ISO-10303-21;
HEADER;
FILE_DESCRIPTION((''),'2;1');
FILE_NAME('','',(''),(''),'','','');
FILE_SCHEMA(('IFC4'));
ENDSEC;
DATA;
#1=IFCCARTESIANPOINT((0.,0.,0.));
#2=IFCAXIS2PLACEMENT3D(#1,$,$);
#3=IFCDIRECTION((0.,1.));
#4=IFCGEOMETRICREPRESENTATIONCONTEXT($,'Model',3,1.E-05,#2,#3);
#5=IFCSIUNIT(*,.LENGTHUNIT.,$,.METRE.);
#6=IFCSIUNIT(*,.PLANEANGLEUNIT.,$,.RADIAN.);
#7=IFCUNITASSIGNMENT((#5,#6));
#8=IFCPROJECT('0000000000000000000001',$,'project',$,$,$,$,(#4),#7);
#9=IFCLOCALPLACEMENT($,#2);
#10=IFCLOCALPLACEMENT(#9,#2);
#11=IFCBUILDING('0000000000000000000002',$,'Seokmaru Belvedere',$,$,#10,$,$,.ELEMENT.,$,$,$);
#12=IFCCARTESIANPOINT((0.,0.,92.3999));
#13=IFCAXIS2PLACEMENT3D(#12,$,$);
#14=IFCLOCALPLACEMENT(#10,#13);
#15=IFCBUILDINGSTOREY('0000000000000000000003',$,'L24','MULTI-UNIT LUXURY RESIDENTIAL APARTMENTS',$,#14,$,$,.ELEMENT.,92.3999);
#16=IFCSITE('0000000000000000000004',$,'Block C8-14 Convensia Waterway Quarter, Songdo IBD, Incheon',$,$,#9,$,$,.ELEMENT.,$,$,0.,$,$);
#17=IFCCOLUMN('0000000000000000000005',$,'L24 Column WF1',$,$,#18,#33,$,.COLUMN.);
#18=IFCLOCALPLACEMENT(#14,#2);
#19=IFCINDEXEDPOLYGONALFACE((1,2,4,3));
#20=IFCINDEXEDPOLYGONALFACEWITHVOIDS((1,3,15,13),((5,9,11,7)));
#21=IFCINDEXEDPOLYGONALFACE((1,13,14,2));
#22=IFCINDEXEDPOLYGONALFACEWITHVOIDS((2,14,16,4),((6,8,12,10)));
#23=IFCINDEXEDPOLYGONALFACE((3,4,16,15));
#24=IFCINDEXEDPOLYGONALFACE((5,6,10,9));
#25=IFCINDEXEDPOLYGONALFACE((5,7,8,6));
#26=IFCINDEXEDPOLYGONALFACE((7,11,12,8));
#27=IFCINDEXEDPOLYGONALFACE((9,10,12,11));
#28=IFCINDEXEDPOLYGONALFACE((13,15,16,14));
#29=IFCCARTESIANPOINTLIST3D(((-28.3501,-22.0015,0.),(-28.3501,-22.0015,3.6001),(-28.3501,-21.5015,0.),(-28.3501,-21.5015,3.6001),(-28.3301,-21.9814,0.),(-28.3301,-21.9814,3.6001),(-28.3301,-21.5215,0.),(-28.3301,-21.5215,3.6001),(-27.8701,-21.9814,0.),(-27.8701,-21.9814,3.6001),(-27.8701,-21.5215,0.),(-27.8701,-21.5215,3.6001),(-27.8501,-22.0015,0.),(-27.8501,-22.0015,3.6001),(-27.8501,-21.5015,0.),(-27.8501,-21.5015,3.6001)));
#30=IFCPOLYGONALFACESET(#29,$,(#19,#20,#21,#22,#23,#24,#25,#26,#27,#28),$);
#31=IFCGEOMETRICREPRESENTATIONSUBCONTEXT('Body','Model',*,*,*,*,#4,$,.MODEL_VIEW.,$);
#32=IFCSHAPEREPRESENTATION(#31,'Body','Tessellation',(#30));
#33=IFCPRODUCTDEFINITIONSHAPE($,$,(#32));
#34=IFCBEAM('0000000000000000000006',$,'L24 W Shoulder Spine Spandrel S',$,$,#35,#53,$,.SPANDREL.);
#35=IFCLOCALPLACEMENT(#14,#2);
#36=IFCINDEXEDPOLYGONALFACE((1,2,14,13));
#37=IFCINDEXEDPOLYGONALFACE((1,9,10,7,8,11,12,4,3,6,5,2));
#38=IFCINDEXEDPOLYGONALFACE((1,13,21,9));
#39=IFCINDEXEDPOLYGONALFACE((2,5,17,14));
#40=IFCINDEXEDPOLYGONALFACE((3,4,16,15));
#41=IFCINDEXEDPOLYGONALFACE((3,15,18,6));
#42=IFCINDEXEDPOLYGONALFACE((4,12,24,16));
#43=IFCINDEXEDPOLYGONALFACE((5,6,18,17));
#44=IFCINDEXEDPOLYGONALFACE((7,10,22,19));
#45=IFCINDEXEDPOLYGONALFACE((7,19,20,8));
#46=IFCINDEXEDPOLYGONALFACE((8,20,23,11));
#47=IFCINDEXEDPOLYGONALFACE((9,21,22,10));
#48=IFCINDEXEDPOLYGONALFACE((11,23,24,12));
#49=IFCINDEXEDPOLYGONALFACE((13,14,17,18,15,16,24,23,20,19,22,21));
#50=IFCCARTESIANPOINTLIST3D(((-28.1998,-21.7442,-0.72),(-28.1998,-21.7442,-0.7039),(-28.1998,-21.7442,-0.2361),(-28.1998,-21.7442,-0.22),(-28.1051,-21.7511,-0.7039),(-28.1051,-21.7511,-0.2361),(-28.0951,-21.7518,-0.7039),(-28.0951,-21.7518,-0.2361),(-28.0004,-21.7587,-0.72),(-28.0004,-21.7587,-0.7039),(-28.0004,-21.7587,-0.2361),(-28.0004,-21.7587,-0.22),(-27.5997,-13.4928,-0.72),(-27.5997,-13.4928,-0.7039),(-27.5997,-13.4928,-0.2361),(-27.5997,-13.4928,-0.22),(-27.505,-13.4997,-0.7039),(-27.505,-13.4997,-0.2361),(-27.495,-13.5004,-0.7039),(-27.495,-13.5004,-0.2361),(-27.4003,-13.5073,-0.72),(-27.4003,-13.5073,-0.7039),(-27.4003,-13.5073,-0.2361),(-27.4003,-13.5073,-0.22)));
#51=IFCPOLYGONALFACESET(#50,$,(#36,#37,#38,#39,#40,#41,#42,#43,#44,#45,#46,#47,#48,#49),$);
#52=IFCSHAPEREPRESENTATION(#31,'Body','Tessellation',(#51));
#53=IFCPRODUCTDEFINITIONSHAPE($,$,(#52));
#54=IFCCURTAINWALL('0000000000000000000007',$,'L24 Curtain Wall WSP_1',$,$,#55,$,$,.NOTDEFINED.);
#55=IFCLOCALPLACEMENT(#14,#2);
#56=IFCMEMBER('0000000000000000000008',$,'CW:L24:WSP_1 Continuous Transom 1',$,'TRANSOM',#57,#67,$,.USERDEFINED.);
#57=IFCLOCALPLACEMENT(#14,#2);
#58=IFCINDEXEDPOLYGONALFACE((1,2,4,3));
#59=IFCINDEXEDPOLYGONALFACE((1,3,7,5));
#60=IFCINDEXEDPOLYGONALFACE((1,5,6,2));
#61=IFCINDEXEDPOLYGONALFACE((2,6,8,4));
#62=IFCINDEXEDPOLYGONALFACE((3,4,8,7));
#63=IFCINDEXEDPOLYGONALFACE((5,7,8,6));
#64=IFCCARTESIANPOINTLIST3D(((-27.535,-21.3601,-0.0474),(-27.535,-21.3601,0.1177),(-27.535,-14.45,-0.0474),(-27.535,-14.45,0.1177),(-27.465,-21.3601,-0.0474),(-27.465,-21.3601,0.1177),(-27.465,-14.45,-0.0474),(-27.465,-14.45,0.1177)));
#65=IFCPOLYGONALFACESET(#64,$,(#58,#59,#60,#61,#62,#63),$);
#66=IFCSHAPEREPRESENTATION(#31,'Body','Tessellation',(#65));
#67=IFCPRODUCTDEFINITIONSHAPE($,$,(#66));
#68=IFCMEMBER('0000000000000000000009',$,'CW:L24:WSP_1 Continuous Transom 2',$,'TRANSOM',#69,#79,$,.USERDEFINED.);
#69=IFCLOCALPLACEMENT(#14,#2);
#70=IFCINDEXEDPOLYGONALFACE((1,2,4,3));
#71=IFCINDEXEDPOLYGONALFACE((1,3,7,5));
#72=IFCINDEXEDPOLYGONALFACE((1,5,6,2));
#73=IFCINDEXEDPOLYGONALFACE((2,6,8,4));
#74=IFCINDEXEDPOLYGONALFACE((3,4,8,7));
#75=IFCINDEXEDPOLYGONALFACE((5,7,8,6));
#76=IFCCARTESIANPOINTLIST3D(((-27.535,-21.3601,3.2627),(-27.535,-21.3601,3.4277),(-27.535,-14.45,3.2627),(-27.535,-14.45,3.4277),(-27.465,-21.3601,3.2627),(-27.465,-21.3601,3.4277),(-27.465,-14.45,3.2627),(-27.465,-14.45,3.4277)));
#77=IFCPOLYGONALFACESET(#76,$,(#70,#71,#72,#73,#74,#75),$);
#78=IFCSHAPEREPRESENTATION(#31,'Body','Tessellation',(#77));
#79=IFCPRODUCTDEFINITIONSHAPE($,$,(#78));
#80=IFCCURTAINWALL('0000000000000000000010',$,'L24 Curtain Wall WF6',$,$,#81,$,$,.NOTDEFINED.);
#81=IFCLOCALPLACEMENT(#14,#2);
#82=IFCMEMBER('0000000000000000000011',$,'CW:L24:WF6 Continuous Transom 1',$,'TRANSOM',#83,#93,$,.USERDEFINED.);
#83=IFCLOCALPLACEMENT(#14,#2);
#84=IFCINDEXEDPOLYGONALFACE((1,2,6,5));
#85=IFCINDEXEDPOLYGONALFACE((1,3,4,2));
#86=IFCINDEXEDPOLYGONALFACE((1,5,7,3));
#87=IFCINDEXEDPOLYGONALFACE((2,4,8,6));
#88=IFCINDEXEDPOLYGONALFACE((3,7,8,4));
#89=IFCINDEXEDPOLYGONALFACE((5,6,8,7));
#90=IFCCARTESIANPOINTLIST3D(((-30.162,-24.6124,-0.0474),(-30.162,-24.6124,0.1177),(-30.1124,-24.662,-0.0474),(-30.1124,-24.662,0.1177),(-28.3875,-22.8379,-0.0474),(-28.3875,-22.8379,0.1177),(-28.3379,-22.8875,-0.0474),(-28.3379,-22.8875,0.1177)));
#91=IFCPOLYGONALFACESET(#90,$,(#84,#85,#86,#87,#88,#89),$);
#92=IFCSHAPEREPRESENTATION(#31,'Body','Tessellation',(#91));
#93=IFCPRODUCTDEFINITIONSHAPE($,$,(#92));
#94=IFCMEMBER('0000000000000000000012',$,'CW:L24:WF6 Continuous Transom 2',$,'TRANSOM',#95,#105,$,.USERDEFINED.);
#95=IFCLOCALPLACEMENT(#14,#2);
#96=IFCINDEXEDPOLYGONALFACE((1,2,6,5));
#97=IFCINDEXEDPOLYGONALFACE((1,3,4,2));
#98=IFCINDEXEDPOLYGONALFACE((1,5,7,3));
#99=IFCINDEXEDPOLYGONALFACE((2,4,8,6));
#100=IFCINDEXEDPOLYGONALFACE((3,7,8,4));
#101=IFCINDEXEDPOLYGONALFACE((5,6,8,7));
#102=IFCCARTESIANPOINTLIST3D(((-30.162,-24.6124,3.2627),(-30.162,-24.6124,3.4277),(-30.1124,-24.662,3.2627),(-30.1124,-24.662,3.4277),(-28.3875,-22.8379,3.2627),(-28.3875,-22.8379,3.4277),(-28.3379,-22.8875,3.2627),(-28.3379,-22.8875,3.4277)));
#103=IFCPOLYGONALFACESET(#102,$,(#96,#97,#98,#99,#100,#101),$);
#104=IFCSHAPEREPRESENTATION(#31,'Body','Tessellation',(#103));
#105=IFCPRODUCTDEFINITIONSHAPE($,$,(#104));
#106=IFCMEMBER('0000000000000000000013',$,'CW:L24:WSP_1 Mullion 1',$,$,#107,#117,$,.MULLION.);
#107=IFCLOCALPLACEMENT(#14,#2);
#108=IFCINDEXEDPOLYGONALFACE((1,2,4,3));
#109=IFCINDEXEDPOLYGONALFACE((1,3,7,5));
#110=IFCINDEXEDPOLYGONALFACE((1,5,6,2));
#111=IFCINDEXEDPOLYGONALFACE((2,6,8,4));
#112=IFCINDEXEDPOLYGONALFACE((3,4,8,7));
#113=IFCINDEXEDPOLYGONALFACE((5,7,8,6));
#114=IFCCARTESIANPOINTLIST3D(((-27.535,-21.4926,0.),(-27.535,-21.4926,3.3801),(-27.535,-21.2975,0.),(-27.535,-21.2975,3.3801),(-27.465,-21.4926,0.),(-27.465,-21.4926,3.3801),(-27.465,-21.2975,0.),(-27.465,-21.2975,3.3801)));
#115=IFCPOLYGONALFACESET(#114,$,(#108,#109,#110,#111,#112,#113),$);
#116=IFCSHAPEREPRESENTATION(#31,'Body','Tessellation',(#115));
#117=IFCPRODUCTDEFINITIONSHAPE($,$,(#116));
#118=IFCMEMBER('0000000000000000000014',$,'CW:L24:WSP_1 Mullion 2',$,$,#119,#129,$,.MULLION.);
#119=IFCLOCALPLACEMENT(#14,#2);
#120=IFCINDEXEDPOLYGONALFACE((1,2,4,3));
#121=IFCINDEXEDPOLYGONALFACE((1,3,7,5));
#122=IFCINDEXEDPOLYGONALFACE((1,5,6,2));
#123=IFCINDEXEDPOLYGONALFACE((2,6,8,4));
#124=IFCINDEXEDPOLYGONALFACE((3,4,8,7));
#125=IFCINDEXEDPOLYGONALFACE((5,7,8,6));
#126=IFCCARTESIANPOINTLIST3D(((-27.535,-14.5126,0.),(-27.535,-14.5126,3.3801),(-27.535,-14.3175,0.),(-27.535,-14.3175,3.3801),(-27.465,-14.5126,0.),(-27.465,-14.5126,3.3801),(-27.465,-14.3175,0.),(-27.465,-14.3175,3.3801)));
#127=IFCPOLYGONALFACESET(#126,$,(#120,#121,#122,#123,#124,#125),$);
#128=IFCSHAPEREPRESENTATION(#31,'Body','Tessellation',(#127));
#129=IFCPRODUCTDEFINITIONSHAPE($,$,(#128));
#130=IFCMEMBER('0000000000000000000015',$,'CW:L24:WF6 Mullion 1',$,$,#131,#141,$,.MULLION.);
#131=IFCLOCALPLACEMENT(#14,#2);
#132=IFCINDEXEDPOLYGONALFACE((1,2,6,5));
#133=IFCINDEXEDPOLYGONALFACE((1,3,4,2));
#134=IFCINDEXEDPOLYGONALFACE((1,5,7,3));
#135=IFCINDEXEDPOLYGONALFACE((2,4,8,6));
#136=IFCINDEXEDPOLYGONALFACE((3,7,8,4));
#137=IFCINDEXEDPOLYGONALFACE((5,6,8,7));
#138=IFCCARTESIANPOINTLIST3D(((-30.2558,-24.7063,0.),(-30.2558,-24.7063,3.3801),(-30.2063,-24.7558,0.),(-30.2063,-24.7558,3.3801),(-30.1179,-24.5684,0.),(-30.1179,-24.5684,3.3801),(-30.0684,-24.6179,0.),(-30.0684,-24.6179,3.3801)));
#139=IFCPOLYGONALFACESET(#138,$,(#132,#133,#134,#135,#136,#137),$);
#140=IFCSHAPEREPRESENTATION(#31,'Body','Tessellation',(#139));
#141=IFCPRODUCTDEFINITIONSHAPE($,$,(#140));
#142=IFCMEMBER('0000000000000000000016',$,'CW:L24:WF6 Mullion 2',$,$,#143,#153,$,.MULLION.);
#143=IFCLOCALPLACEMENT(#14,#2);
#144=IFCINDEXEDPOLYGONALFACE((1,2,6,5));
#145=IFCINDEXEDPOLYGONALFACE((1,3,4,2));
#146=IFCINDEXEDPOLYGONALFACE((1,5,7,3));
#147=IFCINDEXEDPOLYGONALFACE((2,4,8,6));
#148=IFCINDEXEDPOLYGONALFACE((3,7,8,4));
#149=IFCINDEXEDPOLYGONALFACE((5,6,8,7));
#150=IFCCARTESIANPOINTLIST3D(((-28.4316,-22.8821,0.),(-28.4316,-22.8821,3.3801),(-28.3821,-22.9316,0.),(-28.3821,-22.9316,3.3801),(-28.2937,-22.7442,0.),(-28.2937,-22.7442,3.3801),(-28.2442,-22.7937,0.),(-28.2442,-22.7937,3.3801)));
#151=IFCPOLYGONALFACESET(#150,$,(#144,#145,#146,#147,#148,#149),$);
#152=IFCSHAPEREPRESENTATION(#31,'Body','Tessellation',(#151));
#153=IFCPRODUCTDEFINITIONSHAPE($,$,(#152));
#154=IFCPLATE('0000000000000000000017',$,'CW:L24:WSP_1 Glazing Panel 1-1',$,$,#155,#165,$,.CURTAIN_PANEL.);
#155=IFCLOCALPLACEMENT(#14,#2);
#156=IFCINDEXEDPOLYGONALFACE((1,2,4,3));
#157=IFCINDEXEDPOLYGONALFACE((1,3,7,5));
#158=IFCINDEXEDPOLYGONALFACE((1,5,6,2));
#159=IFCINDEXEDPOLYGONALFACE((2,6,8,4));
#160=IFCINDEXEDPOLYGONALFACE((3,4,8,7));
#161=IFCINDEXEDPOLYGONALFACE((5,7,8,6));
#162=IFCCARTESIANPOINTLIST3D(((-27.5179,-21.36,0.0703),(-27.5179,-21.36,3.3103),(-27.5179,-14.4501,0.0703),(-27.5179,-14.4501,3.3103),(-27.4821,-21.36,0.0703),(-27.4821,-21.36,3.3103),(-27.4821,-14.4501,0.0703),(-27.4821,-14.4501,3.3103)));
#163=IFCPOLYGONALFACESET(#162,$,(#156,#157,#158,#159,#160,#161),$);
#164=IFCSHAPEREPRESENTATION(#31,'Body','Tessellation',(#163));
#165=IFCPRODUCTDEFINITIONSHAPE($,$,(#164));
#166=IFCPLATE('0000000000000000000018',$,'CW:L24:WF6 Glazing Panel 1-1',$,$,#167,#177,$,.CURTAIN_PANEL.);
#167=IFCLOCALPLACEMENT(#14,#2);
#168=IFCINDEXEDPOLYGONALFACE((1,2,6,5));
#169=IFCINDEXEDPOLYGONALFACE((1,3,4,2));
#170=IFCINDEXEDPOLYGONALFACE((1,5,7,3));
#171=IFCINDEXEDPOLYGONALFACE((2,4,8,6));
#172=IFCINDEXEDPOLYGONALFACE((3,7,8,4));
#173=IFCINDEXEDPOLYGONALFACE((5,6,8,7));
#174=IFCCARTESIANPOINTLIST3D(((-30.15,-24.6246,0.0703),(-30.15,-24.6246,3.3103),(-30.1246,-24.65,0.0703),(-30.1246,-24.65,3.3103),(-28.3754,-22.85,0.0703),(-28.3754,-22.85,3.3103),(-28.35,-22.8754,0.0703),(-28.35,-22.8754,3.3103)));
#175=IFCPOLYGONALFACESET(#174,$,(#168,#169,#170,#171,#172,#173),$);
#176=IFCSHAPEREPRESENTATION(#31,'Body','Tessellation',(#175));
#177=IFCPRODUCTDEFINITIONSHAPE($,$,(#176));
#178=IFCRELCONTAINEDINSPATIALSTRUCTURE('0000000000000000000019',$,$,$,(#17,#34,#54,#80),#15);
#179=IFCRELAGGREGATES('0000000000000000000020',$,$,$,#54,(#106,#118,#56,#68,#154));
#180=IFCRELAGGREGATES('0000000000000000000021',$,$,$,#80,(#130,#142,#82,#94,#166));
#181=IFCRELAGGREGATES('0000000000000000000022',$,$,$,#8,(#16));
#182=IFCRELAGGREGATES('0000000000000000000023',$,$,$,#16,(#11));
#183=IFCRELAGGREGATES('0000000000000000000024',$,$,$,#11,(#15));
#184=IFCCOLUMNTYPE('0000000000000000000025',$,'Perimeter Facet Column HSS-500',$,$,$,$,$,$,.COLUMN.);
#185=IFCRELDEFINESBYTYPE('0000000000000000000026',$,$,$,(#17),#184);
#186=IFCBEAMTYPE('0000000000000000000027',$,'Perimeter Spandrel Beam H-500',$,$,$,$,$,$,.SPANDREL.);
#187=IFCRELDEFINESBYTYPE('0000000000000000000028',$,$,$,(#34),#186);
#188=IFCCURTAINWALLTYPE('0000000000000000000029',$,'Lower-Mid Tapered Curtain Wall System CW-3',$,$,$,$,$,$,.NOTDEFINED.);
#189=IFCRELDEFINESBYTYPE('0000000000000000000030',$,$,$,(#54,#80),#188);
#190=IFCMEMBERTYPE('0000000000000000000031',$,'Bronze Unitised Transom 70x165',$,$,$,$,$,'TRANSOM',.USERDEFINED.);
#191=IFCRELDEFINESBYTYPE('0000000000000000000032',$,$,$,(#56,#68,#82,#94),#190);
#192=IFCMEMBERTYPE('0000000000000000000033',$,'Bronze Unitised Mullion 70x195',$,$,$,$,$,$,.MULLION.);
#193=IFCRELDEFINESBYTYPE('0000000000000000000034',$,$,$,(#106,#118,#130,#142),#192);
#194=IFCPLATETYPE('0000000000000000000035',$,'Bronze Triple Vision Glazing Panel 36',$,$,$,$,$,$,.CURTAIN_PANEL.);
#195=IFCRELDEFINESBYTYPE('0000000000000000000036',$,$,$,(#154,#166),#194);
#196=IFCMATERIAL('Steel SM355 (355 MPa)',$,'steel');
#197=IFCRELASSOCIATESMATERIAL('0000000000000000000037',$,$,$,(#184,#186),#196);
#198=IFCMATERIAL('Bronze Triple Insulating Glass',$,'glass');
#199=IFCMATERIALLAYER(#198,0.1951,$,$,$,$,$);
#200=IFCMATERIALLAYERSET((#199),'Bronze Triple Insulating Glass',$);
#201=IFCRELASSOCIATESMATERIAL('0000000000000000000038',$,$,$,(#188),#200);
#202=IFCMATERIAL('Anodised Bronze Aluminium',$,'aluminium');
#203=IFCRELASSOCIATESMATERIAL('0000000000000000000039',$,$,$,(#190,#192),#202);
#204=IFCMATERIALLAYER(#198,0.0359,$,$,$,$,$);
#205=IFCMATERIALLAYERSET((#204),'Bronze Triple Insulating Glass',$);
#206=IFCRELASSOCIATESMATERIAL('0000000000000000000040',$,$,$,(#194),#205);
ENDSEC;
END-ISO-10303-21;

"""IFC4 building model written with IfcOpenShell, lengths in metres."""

from ifc_helpers import new_model, si_unit, direction, frame, origin, origin_2d, place, context, subcontext, project, spatial, rectangle, hollow_rectangle, i_section, extrude, source, transform, mapped, material, layer, layer_set, material_profile, profile_set, type_object, type_shapes, element, aggregate, save


model = new_model("IFC4")

# Units and contexts
model_context = context("Model", 3, precision=1e-05, world=origin(), true_north=direction((0.0, 1.0)))
body_context = subcontext(model_context, "Body", "Model", "MODEL_VIEW")
ifc_project = project(units=[si_unit("LENGTHUNIT", "METRE"), si_unit("PLANEANGLEUNIT", "RADIAN")], contexts=[model_context])

# Site, building, storey
site_placement = place(None, origin())
site = spatial("IfcSite", under=ifc_project, at=site_placement, Name="Block C8-14 Convensia Waterway Quarter, Songdo IBD, Incheon", CompositionType="ELEMENT", RefElevation=0.0)
building_placement = place(site_placement, origin())
building = spatial("IfcBuilding", under=site, at=building_placement, Name="Seokmaru Belvedere", CompositionType="ELEMENT")
storey_placement = place(building_placement, frame((0.0, 0.0, 92.3999)))
storey = spatial("IfcBuildingStorey", under=building, at=storey_placement, Name="L24", Description="MULTI-UNIT LUXURY RESIDENTIAL APARTMENTS", CompositionType="ELEMENT", Elevation=92.3999)

# Column
ifc_material_1 = material(Name="Steel SM355 (355 MPa)", Category="steel")
ifc_material_profile_1 = material_profile(ifc_material_1, hollow_rectangle(XDim=0.5, YDim=0.5, WallThickness=0.02, at=origin_2d()), Name="HSS-500x500x20")
ifc_profile_set_1 = profile_set([ifc_material_profile_1], Name="Steel SM355 (355 MPa)")
column_type = type_object("IfcColumnType", Name="Perimeter Facet Column HSS-500", PredefinedType="COLUMN", material=ifc_profile_set_1)
shared_shape_1 = source(origin(), body_context, "Body", "SweptSolid", [
    extrude(hollow_rectangle(XDim=0.5, YDim=0.5, WallThickness=0.02, at=origin_2d()), origin(), (0.0, 0.0, 1.0), 3.6001),
])
type_shapes(column_type, [shared_shape_1])
column_placement = place(storey_placement, frame((-28.1001, -21.7515, 0.0), z_axis=(0.0, 0.0, 1.0), x_axis=(1.0, 0.0, 0.0)))
element("IfcColumn", 1, at=column_placement, inside=storey, type_object=column_type, Name="L24 Column WF1", PredefinedType="COLUMN", context=body_context, shape_type="MappedRepresentation", body=[
    mapped(shared_shape_1, transform((0.0, 0.0, 0.0), scale=1.0)),
])

# Beam
ifc_material_profile_2 = material_profile(ifc_material_1, i_section(OverallWidth=0.2, OverallDepth=0.5, WebThickness=0.01, FlangeThickness=0.0161, at=origin_2d()), Name="H-500x200x10x16")
ifc_profile_set_2 = profile_set([ifc_material_profile_2], Name="Steel SM355 (355 MPa)")
beam_type = type_object("IfcBeamType", Name="Perimeter Spandrel Beam H-500", PredefinedType="SPANDREL", material=ifc_profile_set_2)
shared_shape_2 = source(origin(), body_context, "Body", "SweptSolid", [
    extrude(i_section(OverallWidth=0.2, OverallDepth=0.5, WebThickness=0.01, FlangeThickness=0.0161, at=origin_2d()), origin(), (0.0, 0.0, 1.0), 8.2732),
])
type_shapes(beam_type, [shared_shape_2])
beam_placement = place(storey_placement, frame((-28.1001, -21.7515, -0.47), z_axis=(0.072535, 0.997366, 0.0), x_axis=(-0.997366, 0.072535, 0.0)))
element("IfcBeam", 2, at=beam_placement, inside=storey, type_object=beam_type, Name="L24 W Shoulder Spine Spandrel S", PredefinedType="SPANDREL", context=body_context, shape_type="MappedRepresentation", body=[
    mapped(shared_shape_2, transform((0.0, 0.0, 0.0), scale=1.0)),
])

# Curtain walls, members
ifc_material_2 = material(Name="Bronze Triple Insulating Glass", Category="glass")
ifc_layer_1 = layer(ifc_material_2, 0.1951)
ifc_layer_set_1 = layer_set([ifc_layer_1], Name="Bronze Triple Insulating Glass")
curtain_wall_type = type_object("IfcCurtainWallType", Name="Lower-Mid Tapered Curtain Wall System CW-3", PredefinedType="NOTDEFINED", material=ifc_layer_set_1)
curtain_wall_1_placement = place(storey_placement, origin())
curtain_wall_1 = element("IfcCurtainWall", 3, at=curtain_wall_1_placement, inside=storey, type_object=curtain_wall_type, Name="L24 Curtain Wall WSP_1", PredefinedType="NOTDEFINED")
ifc_material_3 = material(Name="Anodised Bronze Aluminium", Category="aluminium")
ifc_material_profile_3 = material_profile(ifc_material_3, rectangle(XDim=0.0701, YDim=0.165, at=origin_2d()), Name="CW-T-70x165")
ifc_profile_set_3 = profile_set([ifc_material_profile_3], Name="Anodised Bronze Aluminium")
member_type_1 = type_object("IfcMemberType", Name="Bronze Unitised Transom 70x165", ElementType="TRANSOM", PredefinedType="USERDEFINED", material=ifc_profile_set_3)
shared_shape_3 = source(origin(), body_context, "Body", "SweptSolid", [
    extrude(rectangle(XDim=0.0701, YDim=0.165, at=origin_2d()), origin(), (0.0, 0.0, 1.0), 6.9102),
])
member_1_placement = place(storey_placement, frame((-27.5, -21.3601, 0.0352), z_axis=(0.0, 1.0, 0.0), x_axis=(-1.0, 0.0, 0.0)))
member_1 = element("IfcMember", 4, at=member_1_placement, type_object=member_type_1, Name="CW:L24:WSP_1 Continuous Transom 1", ObjectType="TRANSOM", PredefinedType="USERDEFINED", context=body_context, shape_type="MappedRepresentation", body=[
    mapped(shared_shape_3, transform((0.0, 0.0, 0.0), scale=1.0)),
])
member_2_placement = place(storey_placement, frame((-27.5, -21.3601, 3.3452), z_axis=(0.0, 1.0, 0.0), x_axis=(-1.0, 0.0, 0.0)))
member_2 = element("IfcMember", 5, at=member_2_placement, type_object=member_type_1, Name="CW:L24:WSP_1 Continuous Transom 2", ObjectType="TRANSOM", PredefinedType="USERDEFINED", context=body_context, shape_type="MappedRepresentation", body=[
    mapped(shared_shape_3, transform((0.0, 0.0, 0.0), scale=1.0)),
])
curtain_wall_2_placement = place(storey_placement, origin())
curtain_wall_2 = element("IfcCurtainWall", 6, at=curtain_wall_2_placement, inside=storey, type_object=curtain_wall_type, Name="L24 Curtain Wall WF6", PredefinedType="NOTDEFINED")
shared_shape_4 = source(origin(), body_context, "Body", "SweptSolid", [
    extrude(rectangle(XDim=0.0701, YDim=0.165, at=origin_2d()), origin(), (0.0, 0.0, 1.0), 2.5095),
])
type_shapes(member_type_1, [shared_shape_3, shared_shape_4])
member_3_placement = place(storey_placement, frame((-30.1372, -24.6372, 0.0352), z_axis=(0.707107, 0.707107, 0.0), x_axis=(-0.707107, 0.707107, 0.0)))
member_3 = element("IfcMember", 7, at=member_3_placement, type_object=member_type_1, Name="CW:L24:WF6 Continuous Transom 1", ObjectType="TRANSOM", PredefinedType="USERDEFINED", context=body_context, shape_type="MappedRepresentation", body=[
    mapped(shared_shape_4, transform((0.0, 0.0, 0.0), scale=1.0)),
])
member_4_placement = place(storey_placement, frame((-30.1372, -24.6372, 3.3452), z_axis=(0.707107, 0.707107, 0.0), x_axis=(-0.707107, 0.707107, 0.0)))
member_4 = element("IfcMember", 8, at=member_4_placement, type_object=member_type_1, Name="CW:L24:WF6 Continuous Transom 2", ObjectType="TRANSOM", PredefinedType="USERDEFINED", context=body_context, shape_type="MappedRepresentation", body=[
    mapped(shared_shape_4, transform((0.0, 0.0, 0.0), scale=1.0)),
])

# Members
ifc_material_profile_4 = material_profile(ifc_material_3, rectangle(XDim=0.0701, YDim=0.1951, at=origin_2d()), Name="CW-M-70x195")
ifc_profile_set_4 = profile_set([ifc_material_profile_4], Name="Anodised Bronze Aluminium")
member_type_2 = type_object("IfcMemberType", Name="Bronze Unitised Mullion 70x195", PredefinedType="MULLION", material=ifc_profile_set_4)
shared_shape_5 = source(origin(), body_context, "Body", "SweptSolid", [
    extrude(rectangle(XDim=0.0701, YDim=0.1951, at=origin_2d()), origin(), (0.0, 0.0, 1.0), 3.3801),
])
type_shapes(member_type_2, [shared_shape_5])
member_5_placement = place(storey_placement, frame((-27.5, -21.395, 0.0), z_axis=(0.0, 0.0, 1.0), x_axis=(-1.0, 0.0, 0.0)))
member_5 = element("IfcMember", 9, at=member_5_placement, type_object=member_type_2, Name="CW:L24:WSP_1 Mullion 1", PredefinedType="MULLION", context=body_context, shape_type="MappedRepresentation", body=[
    mapped(shared_shape_5, transform((0.0, 0.0, 0.0), scale=1.0)),
])
member_6_placement = place(storey_placement, frame((-27.5, -14.415, 0.0), z_axis=(0.0, 0.0, 1.0), x_axis=(-1.0, 0.0, 0.0)))
member_6 = element("IfcMember", 10, at=member_6_placement, type_object=member_type_2, Name="CW:L24:WSP_1 Mullion 2", PredefinedType="MULLION", context=body_context, shape_type="MappedRepresentation", body=[
    mapped(shared_shape_5, transform((0.0, 0.0, 0.0), scale=1.0)),
])
member_7_placement = place(storey_placement, frame((-30.1621, -24.6621, 0.0), z_axis=(0.0, 0.0, 1.0), x_axis=(-0.707107, 0.707107, 0.0)))
member_7 = element("IfcMember", 11, at=member_7_placement, type_object=member_type_2, Name="CW:L24:WF6 Mullion 1", PredefinedType="MULLION", context=body_context, shape_type="MappedRepresentation", body=[
    mapped(shared_shape_5, transform((0.0, 0.0, 0.0), scale=1.0)),
])
member_8_placement = place(storey_placement, frame((-28.3379, -22.8379, 0.0), z_axis=(0.0, 0.0, 1.0), x_axis=(-0.707107, 0.707107, 0.0)))
member_8 = element("IfcMember", 12, at=member_8_placement, type_object=member_type_2, Name="CW:L24:WF6 Mullion 2", PredefinedType="MULLION", context=body_context, shape_type="MappedRepresentation", body=[
    mapped(shared_shape_5, transform((0.0, 0.0, 0.0), scale=1.0)),
])

# Plates
ifc_layer_2 = layer(ifc_material_2, 0.0359)
ifc_layer_set_2 = layer_set([ifc_layer_2], Name="Bronze Triple Insulating Glass")
plate_type = type_object("IfcPlateType", Name="Bronze Triple Vision Glazing Panel 36", PredefinedType="CURTAIN_PANEL", material=ifc_layer_set_2)
shared_shape_6 = source(origin(), body_context, "Body", "SweptSolid", [
    extrude(rectangle(XDim=6.9099, YDim=0.0359, at=origin_2d()), origin(), (0.0, 0.0, 1.0), 3.24),
])
plate_1_placement = place(storey_placement, frame((-27.5, -17.905, 0.0703), z_axis=(0.0, 0.0, 1.0), x_axis=(0.0, 1.0, 0.0)))
plate_1 = element("IfcPlate", 13, at=plate_1_placement, type_object=plate_type, Name="CW:L24:WSP_1 Glazing Panel 1-1", PredefinedType="CURTAIN_PANEL", context=body_context, shape_type="MappedRepresentation", body=[
    mapped(shared_shape_6, transform((0.0, 0.0, 0.0), scale=1.0)),
])
aggregate(curtain_wall_1, [member_5, member_6, member_1, member_2, plate_1])
shared_shape_7 = source(origin(), body_context, "Body", "SweptSolid", [
    extrude(rectangle(XDim=2.5098, YDim=0.0359, at=origin_2d()), origin(), (0.0, 0.0, 1.0), 3.24),
])
type_shapes(plate_type, [shared_shape_6, shared_shape_7])
plate_2_placement = place(storey_placement, frame((-29.25, -23.75, 0.0703), z_axis=(0.0, 0.0, 1.0), x_axis=(0.707107, 0.707107, 0.0)))
plate_2 = element("IfcPlate", 14, at=plate_2_placement, type_object=plate_type, Name="CW:L24:WF6 Glazing Panel 1-1", PredefinedType="CURTAIN_PANEL", context=body_context, shape_type="MappedRepresentation", body=[
    mapped(shared_shape_7, transform((0.0, 0.0, 0.0), scale=1.0)),
])
aggregate(curtain_wall_2, [member_7, member_8, member_3, member_4, plate_2])

save(model, "model.ifc")
